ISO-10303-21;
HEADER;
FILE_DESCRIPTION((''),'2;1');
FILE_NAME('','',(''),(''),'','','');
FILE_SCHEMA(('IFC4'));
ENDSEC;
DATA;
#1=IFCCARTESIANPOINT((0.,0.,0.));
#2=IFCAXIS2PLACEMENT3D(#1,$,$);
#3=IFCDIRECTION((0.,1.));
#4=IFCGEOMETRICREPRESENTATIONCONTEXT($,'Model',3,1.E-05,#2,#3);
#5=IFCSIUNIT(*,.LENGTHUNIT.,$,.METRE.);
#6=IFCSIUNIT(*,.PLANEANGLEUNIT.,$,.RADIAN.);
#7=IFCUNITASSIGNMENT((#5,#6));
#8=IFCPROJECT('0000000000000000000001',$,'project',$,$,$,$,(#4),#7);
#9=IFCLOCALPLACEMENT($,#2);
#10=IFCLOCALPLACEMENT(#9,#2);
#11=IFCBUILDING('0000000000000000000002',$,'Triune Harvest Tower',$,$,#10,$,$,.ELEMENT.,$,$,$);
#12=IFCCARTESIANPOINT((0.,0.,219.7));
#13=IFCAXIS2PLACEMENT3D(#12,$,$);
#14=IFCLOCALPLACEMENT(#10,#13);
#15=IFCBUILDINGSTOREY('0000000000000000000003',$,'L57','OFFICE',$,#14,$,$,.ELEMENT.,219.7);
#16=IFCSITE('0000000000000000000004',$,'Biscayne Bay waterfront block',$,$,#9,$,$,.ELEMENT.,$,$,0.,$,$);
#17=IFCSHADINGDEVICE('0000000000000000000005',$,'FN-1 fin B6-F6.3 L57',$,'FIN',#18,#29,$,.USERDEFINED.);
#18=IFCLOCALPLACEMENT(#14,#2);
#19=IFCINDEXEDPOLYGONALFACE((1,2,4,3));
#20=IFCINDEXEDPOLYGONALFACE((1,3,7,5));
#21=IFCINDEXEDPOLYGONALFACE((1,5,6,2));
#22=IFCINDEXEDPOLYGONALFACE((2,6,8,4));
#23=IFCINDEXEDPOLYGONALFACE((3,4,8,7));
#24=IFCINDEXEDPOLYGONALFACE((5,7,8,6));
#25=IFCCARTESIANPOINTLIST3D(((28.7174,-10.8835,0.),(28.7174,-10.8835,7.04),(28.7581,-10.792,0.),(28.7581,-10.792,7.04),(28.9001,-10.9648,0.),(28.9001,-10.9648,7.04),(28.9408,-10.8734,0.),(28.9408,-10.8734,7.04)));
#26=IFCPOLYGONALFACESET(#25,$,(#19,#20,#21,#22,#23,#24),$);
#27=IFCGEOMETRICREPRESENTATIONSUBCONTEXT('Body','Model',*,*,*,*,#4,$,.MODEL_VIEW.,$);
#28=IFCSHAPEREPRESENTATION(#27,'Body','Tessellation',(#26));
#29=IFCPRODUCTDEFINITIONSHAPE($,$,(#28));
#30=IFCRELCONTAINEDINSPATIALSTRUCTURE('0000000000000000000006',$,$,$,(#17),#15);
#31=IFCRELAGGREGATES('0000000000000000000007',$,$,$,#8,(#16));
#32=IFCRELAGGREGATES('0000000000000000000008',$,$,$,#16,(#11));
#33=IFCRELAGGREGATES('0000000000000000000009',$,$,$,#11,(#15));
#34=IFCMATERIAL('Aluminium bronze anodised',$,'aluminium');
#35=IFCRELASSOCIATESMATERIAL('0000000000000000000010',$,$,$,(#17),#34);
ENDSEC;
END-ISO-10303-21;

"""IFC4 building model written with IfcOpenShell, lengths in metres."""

from ifc_helpers import new_model, si_unit, direction, frame, origin, origin_2d, place, context, subcontext, project, spatial, rectangle, extrude, source, transform, mapped, material, element, save


model = new_model("IFC4")

# Units and contexts
model_context = context("Model", 3, precision=1e-05, world=origin(), true_north=direction((0.0, 1.0)))
body_context = subcontext(model_context, "Body", "Model", "MODEL_VIEW")
ifc_project = project(units=[si_unit("LENGTHUNIT", "METRE"), si_unit("PLANEANGLEUNIT", "RADIAN")], contexts=[model_context])

# Site, building, storey
site_placement = place(None, origin())
site = spatial("IfcSite", under=ifc_project, at=site_placement, Name="Biscayne Bay waterfront block", CompositionType="ELEMENT", RefElevation=0.0)
building_placement = place(site_placement, origin())
building = spatial("IfcBuilding", under=site, at=building_placement, Name="Triune Harvest Tower", CompositionType="ELEMENT")
storey_placement = place(building_placement, frame((0.0, 0.0, 219.7)))
storey = spatial("IfcBuildingStorey", under=building, at=storey_placement, Name="L57", Description="OFFICE", CompositionType="ELEMENT", Elevation=219.7)

# Shading device
ifc_material_1 = material(Name="Aluminium bronze anodised", Category="aluminium")
shared_shape_1 = source(origin(), body_context, "Body", "SweptSolid", [
    extrude(rectangle(XDim=0.1001, YDim=0.2, at=origin_2d()), origin(), (0.0, 0.0, 1.0), 7.04),
])
shading_device_placement = place(storey_placement, frame((28.8291, -10.8784, 0.0), z_axis=(0.0, 0.0, 1.0), x_axis=(0.406743, 0.913543, 0.0)))
element("IfcShadingDevice", 1, at=shading_device_placement, inside=storey, material=ifc_material_1, Name="FN-1 fin B6-F6.3 L57", ObjectType="FIN", PredefinedType="USERDEFINED", context=body_context, shape_type="MappedRepresentation", body=[
    mapped(shared_shape_1, transform((0.0, 0.0, 0.0), scale=1.0)),
])

save(model, "model.ifc")
